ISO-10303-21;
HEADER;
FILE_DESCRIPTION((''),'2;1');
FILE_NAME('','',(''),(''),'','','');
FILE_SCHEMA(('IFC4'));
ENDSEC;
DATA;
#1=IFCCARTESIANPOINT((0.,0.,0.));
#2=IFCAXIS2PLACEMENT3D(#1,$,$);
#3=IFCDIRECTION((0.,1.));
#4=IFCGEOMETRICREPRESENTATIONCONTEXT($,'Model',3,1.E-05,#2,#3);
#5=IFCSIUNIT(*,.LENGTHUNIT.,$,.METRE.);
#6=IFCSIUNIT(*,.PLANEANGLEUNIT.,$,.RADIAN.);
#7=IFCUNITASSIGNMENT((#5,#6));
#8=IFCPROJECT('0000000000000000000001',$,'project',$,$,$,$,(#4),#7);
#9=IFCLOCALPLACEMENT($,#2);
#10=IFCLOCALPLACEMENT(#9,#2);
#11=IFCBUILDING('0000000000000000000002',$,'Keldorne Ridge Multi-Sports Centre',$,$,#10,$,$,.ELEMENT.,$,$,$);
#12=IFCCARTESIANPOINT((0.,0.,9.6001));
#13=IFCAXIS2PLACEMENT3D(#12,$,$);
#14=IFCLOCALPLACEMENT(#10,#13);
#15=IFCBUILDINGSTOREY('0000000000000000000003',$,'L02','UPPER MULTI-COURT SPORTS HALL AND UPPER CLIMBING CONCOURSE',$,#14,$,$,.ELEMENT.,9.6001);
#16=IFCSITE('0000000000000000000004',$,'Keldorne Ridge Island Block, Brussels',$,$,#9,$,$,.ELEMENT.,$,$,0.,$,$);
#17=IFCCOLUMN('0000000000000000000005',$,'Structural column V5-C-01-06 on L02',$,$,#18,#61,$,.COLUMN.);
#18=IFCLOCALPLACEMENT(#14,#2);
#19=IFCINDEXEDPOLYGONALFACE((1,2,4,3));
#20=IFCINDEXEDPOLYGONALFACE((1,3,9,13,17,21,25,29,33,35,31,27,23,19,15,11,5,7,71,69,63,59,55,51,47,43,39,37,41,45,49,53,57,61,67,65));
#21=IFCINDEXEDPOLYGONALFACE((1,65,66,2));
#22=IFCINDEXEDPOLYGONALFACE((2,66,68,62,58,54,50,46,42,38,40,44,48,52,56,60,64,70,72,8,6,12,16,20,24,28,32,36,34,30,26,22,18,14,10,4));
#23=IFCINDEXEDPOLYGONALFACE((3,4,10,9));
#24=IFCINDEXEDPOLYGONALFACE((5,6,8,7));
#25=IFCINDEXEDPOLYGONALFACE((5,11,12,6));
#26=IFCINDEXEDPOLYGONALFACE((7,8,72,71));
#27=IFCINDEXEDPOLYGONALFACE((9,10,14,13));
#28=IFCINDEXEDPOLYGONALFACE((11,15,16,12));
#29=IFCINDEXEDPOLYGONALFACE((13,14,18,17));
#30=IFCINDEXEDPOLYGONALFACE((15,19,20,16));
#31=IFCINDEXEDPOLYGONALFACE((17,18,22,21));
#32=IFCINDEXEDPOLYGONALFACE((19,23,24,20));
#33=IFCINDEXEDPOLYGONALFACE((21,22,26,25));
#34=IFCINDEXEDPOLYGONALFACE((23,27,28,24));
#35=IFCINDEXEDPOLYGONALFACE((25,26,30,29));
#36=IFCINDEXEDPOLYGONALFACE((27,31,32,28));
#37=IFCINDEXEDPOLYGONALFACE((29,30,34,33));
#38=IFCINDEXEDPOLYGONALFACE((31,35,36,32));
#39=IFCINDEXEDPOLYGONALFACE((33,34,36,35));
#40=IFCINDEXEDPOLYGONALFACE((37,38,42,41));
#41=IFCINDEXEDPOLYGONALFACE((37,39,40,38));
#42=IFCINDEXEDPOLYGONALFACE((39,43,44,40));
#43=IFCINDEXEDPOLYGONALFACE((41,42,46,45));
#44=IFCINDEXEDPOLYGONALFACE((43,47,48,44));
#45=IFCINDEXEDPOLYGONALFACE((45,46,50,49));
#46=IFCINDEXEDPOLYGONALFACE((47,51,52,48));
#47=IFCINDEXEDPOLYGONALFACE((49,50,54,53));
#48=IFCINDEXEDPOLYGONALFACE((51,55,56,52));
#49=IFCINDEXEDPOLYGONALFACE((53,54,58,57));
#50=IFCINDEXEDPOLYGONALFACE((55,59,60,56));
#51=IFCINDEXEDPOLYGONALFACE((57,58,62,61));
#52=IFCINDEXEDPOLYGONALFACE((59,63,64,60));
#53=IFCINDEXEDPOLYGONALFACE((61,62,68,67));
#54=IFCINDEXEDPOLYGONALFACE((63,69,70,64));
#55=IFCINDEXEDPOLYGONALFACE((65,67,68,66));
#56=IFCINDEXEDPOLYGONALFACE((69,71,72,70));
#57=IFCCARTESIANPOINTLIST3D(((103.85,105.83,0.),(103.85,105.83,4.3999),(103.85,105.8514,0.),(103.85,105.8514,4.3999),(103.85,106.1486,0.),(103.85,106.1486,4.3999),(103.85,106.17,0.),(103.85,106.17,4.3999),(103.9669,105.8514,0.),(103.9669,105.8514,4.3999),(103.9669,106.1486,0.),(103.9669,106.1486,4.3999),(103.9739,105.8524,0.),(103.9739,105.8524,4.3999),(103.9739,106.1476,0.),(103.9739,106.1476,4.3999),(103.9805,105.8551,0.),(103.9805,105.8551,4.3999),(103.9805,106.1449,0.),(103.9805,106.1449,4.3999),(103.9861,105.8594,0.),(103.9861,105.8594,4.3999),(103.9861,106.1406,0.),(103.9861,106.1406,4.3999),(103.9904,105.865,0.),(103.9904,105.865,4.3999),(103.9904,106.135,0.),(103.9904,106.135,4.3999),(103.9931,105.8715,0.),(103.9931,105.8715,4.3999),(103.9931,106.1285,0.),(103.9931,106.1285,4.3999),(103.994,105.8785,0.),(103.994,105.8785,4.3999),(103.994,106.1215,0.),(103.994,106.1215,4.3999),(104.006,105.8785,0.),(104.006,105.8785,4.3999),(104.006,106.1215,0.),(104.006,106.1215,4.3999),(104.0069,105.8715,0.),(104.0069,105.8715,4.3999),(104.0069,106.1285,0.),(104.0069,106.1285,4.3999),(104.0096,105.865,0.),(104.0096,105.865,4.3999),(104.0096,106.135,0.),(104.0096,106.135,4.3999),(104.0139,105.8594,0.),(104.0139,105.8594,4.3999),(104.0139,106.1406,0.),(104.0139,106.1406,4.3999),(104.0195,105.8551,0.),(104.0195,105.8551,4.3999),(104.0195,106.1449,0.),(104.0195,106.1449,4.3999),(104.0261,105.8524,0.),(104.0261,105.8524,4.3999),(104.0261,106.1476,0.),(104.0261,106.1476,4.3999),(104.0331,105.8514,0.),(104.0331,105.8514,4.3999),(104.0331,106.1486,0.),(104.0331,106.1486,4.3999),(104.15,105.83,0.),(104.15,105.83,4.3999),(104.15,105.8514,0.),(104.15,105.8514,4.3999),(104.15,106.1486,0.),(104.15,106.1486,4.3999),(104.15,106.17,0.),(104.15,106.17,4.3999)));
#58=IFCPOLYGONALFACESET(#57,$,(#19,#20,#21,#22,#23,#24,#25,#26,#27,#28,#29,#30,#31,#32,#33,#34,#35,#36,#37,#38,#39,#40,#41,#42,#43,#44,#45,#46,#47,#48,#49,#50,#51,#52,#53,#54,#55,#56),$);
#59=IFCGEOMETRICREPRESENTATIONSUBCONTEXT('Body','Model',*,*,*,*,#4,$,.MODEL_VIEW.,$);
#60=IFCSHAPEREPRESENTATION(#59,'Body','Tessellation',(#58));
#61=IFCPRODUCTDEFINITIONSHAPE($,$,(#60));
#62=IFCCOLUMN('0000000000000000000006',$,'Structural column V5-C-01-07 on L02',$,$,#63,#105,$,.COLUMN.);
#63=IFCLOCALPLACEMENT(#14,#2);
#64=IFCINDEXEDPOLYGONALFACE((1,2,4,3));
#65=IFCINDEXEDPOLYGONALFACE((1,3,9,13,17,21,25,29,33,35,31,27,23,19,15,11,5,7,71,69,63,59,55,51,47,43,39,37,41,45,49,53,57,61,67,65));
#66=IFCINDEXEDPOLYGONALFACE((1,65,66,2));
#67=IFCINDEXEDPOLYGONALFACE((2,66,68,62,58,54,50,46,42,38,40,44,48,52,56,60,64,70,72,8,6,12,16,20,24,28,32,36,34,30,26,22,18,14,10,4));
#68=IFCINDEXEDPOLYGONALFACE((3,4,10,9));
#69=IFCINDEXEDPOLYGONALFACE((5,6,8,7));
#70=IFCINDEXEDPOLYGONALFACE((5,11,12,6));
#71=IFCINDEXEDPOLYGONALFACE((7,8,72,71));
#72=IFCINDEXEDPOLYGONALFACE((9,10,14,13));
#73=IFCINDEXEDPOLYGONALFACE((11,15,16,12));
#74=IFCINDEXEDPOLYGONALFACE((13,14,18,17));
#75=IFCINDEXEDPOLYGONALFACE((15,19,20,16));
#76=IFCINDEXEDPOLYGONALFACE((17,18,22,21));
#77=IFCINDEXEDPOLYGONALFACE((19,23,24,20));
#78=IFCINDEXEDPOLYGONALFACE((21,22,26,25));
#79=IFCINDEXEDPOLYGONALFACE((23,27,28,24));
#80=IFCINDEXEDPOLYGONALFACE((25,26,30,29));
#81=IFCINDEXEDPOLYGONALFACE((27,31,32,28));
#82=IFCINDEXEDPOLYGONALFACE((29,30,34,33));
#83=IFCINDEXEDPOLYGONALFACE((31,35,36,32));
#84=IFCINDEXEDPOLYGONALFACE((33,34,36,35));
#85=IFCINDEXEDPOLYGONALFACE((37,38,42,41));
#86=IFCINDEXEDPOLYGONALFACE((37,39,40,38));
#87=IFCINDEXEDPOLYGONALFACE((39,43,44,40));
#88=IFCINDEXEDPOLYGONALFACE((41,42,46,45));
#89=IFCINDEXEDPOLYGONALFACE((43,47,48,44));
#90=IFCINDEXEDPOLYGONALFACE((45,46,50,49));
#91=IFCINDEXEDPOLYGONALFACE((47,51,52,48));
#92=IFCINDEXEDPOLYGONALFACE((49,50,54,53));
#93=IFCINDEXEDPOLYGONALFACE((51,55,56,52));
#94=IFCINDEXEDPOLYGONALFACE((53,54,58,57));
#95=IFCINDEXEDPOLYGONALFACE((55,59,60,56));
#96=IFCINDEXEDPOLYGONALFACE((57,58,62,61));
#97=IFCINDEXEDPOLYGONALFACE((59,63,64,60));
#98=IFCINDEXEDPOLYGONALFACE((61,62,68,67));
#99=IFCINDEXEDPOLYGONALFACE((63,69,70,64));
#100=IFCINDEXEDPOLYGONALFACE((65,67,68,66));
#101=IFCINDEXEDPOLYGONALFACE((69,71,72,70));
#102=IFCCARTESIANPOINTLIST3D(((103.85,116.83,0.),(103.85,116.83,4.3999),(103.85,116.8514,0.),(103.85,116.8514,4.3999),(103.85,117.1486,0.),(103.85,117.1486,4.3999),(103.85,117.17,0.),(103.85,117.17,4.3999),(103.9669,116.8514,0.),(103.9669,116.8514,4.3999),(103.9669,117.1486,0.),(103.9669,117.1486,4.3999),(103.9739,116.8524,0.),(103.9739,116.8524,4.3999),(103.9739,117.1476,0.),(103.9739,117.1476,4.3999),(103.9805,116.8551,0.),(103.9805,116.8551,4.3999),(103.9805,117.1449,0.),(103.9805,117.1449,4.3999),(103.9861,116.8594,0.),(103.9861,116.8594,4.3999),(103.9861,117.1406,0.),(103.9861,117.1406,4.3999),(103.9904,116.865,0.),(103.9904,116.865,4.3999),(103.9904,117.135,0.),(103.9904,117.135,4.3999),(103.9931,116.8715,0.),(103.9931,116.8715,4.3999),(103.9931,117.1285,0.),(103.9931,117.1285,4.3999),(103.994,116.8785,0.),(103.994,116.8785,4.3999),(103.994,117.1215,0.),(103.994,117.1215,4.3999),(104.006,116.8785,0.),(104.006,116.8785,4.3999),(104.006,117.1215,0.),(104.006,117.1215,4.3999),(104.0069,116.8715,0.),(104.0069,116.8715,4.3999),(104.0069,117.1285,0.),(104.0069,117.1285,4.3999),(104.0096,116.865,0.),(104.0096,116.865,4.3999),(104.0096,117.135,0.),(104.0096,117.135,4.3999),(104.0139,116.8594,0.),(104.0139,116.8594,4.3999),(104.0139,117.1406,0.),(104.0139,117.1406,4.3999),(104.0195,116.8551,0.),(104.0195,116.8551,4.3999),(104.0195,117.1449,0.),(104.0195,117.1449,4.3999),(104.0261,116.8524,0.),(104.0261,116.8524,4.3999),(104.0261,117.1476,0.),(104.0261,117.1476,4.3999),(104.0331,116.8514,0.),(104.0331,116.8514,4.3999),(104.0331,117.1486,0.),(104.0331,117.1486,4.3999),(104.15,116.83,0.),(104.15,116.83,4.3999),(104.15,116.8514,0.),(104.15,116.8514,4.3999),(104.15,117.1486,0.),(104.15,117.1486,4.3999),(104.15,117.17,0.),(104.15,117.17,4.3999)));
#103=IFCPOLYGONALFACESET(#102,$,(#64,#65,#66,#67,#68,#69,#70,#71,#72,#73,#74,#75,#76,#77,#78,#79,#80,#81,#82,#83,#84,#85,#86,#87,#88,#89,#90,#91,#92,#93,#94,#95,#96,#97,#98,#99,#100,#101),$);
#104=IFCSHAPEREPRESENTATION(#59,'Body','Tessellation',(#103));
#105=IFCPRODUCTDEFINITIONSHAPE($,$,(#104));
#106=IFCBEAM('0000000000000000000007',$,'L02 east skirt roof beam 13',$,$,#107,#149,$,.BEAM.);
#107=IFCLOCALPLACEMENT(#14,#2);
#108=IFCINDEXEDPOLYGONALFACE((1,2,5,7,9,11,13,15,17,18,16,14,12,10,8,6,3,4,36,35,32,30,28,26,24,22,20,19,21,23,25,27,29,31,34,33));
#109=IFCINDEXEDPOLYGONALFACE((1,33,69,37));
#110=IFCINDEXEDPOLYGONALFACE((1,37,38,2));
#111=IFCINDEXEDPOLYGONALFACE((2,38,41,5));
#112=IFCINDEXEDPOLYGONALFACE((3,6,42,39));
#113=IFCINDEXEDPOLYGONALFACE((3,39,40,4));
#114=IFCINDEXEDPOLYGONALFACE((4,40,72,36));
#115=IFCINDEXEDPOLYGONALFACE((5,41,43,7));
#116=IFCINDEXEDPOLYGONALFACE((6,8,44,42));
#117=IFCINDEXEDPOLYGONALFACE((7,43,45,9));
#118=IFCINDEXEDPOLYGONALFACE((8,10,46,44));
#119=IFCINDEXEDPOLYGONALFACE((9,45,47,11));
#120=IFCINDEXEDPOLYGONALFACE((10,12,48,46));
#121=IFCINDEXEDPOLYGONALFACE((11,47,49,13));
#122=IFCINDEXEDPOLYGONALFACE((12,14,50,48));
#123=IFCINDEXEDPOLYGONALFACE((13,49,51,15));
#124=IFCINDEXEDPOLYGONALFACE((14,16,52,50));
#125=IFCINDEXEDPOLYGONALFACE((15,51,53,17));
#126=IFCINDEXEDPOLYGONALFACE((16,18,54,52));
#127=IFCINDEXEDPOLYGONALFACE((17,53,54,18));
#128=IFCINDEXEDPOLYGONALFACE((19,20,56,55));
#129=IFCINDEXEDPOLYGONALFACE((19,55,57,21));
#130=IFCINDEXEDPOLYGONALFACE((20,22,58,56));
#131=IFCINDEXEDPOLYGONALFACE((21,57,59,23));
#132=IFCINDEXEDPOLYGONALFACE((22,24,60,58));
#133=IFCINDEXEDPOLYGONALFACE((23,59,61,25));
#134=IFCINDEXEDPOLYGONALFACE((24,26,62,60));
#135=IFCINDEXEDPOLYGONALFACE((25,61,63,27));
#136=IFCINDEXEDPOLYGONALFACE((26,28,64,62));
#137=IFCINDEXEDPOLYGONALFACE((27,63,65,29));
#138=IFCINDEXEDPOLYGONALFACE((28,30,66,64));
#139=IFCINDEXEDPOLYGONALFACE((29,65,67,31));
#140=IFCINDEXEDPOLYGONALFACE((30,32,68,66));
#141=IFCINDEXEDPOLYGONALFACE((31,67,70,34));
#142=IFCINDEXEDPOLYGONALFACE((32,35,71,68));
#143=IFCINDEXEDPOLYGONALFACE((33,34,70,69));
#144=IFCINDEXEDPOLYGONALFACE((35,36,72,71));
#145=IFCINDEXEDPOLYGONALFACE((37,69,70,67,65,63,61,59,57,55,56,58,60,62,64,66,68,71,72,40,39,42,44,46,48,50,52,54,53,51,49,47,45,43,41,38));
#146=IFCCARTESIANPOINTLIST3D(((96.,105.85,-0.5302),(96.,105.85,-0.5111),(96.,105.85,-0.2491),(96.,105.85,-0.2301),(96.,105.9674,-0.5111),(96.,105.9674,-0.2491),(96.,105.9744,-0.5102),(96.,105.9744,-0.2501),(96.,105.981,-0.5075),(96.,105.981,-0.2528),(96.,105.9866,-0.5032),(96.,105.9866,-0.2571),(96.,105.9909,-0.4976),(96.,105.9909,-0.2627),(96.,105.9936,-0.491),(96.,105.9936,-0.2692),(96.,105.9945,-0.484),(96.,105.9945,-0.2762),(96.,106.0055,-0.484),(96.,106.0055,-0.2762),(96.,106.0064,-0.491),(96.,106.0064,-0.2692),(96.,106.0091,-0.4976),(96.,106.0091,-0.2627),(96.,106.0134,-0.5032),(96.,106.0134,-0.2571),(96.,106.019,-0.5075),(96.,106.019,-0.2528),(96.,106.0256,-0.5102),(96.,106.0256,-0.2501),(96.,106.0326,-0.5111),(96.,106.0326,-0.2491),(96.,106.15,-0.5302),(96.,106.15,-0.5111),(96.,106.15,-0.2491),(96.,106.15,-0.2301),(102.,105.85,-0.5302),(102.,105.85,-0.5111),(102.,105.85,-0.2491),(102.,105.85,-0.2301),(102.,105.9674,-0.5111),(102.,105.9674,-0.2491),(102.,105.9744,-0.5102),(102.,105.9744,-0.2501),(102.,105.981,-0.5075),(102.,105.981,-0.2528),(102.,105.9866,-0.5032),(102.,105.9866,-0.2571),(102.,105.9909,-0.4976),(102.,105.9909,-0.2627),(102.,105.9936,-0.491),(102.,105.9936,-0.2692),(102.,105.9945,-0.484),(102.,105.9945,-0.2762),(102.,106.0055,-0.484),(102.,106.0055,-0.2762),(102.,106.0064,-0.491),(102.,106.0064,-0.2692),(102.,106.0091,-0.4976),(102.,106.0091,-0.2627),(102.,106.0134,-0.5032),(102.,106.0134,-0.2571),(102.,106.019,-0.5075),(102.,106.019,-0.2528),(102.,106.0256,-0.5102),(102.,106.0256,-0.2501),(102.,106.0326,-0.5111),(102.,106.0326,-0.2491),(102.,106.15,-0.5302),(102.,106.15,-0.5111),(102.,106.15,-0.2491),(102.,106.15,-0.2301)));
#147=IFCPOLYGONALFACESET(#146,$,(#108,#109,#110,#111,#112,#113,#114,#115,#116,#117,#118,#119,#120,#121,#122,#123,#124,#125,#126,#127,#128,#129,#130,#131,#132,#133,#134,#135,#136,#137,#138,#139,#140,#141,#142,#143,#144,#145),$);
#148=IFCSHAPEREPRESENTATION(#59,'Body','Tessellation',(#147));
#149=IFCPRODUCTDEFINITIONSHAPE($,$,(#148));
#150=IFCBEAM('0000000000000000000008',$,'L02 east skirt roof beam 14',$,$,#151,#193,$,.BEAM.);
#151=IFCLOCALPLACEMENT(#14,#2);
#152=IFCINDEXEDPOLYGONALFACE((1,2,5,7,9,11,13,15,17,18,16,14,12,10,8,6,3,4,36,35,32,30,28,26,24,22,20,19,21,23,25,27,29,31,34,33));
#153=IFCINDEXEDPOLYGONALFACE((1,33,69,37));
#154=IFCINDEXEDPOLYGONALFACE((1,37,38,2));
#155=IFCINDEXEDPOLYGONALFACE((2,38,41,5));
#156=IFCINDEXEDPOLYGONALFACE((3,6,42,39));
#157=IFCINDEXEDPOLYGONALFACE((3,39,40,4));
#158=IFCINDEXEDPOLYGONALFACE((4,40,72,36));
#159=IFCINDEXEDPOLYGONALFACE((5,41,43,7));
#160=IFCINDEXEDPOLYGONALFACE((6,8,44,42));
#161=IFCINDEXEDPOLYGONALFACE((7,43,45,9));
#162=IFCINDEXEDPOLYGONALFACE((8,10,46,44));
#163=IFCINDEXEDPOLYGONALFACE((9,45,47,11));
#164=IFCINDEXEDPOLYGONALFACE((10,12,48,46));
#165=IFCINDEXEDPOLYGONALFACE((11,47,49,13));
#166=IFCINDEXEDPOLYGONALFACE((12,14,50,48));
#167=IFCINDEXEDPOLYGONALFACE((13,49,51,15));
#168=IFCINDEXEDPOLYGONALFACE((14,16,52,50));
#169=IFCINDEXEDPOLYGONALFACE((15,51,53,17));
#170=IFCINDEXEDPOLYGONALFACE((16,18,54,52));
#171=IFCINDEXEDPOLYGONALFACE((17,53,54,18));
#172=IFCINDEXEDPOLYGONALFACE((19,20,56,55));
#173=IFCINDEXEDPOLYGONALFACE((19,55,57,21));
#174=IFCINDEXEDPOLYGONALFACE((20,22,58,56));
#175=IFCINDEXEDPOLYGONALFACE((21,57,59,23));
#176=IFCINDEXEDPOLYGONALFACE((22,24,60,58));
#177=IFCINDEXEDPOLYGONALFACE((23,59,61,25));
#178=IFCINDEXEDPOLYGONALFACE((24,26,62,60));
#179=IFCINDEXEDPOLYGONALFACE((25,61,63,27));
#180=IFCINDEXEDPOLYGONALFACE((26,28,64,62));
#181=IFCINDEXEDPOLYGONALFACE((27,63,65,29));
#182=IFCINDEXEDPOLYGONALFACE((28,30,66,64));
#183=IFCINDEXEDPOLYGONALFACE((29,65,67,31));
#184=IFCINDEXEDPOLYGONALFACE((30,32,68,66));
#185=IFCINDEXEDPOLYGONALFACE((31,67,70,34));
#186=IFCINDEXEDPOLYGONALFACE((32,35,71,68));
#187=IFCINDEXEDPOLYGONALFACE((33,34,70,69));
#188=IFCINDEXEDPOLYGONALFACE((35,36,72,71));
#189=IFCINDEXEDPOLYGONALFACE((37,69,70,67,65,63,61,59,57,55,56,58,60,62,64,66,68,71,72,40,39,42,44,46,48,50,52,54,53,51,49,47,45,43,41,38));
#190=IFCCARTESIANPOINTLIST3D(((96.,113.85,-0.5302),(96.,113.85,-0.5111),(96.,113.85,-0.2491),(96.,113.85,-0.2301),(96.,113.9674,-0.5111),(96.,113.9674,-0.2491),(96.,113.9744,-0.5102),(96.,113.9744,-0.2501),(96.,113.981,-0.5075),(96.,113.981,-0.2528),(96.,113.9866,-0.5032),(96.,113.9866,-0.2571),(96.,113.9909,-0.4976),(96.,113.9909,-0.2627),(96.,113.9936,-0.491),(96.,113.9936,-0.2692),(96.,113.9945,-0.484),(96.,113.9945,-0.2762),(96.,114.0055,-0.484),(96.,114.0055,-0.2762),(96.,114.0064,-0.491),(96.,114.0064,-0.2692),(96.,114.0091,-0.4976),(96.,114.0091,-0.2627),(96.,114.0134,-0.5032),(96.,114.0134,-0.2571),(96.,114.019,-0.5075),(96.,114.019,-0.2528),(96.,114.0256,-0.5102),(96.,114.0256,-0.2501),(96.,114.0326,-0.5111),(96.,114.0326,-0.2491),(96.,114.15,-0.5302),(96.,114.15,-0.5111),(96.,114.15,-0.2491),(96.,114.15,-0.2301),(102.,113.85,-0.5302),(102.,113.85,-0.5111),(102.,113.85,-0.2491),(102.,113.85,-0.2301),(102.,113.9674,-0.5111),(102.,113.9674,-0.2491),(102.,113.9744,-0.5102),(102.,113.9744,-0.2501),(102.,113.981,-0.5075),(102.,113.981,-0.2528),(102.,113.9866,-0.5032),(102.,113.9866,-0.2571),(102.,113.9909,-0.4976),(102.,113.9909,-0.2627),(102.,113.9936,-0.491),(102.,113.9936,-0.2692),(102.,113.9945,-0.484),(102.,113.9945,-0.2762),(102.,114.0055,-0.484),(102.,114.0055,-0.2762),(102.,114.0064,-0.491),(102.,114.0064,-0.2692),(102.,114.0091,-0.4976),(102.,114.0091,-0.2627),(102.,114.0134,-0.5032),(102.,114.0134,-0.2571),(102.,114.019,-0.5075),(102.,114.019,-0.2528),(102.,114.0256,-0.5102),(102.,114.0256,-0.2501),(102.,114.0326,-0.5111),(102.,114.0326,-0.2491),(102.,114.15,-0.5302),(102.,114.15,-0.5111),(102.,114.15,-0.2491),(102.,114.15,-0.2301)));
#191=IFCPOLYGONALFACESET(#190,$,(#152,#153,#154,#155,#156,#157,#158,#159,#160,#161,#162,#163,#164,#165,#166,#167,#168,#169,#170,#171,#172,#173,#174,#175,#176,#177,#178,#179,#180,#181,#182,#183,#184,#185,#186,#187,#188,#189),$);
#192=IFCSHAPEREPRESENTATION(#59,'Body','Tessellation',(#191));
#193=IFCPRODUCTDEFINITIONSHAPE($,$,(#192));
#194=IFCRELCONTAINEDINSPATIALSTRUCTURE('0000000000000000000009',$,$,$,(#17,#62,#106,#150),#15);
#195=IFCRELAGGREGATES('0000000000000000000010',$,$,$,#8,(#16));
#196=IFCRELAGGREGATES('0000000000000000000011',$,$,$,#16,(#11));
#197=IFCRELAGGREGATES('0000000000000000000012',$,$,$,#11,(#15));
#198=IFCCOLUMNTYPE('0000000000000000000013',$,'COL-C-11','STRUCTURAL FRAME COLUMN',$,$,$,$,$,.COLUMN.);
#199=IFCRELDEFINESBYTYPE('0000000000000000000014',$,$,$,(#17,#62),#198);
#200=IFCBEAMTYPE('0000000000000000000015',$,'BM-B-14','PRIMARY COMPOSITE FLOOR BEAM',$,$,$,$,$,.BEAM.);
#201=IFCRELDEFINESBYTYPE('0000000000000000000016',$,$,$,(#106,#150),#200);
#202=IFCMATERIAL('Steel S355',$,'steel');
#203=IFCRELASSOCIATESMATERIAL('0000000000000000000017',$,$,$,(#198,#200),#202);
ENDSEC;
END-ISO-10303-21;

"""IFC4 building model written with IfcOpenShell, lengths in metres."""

from ifc_helpers import new_model, si_unit, direction, frame, origin, origin_2d, place, context, subcontext, project, spatial, i_section, extrude, material, material_profile, profile_set, type_object, element, save


model = new_model("IFC4")

# Units and contexts
model_context = context("Model", 3, precision=1e-05, world=origin(), true_north=direction((0.0, 1.0)))
body_context = subcontext(model_context, "Body", "Model", "MODEL_VIEW")
ifc_project = project(units=[si_unit("LENGTHUNIT", "METRE"), si_unit("PLANEANGLEUNIT", "RADIAN")], contexts=[model_context])

# Site, building, storey
site_placement = place(None, origin())
site = spatial("IfcSite", under=ifc_project, at=site_placement, Name="Keldorne Ridge Island Block, Brussels", CompositionType="ELEMENT", RefElevation=0.0)
building_placement = place(site_placement, origin())
building = spatial("IfcBuilding", under=site, at=building_placement, Name="Keldorne Ridge Multi-Sports Centre", CompositionType="ELEMENT")
storey_placement = place(building_placement, frame((0.0, 0.0, 9.6001)))
storey = spatial("IfcBuildingStorey", under=building, at=storey_placement, Name="L02", Description="UPPER MULTI-COURT SPORTS HALL AND UPPER CLIMBING CONCOURSE", CompositionType="ELEMENT", Elevation=9.6001)

# Columns
ifc_material_1 = material(Name="Steel S355", Category="steel")
ifc_material_profile_1 = material_profile(ifc_material_1, i_section(OverallWidth=0.3, OverallDepth=0.3401, WebThickness=0.012, FlangeThickness=0.0215, FilletRadius=0.0271, at=origin_2d()), Name="HEB 340")
ifc_profile_set_1 = profile_set([ifc_material_profile_1], Name="Steel S355")
column_type = type_object("IfcColumnType", Name="COL-C-11", Description="STRUCTURAL FRAME COLUMN", PredefinedType="COLUMN", material=ifc_profile_set_1)
for number, where, z_axis, x_axis, name in (
    (1, (104.0, 106.0, 0.0), (0.0, 0.0, 1.0), (1.0, 0.0, 0.0), "Structural column V5-C-01-06 on L02"),
    (2, (104.0, 117.0, 0.0), (0.0, 0.0, 1.0), (1.0, 0.0, 0.0), "Structural column V5-C-01-07 on L02"),
):
    element("IfcColumn", number, at=place(storey_placement, frame(where, z_axis=z_axis, x_axis=x_axis)), inside=storey, type_object=column_type, Name=name, PredefinedType="COLUMN", context=body_context, shape_type="SweptSolid", body=[
        extrude(i_section(OverallWidth=0.3, OverallDepth=0.3401, WebThickness=0.012, FlangeThickness=0.0215, FilletRadius=0.0271, at=origin_2d()), origin(), (0.0, 0.0, 1.0), 4.3999),
    ])

# Beams
ifc_material_profile_2 = material_profile(ifc_material_1, i_section(OverallWidth=0.3, OverallDepth=0.3, WebThickness=0.011, FlangeThickness=0.019, FilletRadius=0.0271, at=origin_2d()), Name="HEB 300")
ifc_profile_set_2 = profile_set([ifc_material_profile_2], Name="Steel S355")
beam_type_1 = type_object("IfcBeamType", Name="BM-B-14", Description="PRIMARY COMPOSITE FLOOR BEAM", PredefinedType="BEAM", material=ifc_profile_set_2)
for number, where, z_axis, x_axis, name in (
    (3, (96.0, 106.0, -0.3801), (1.0, 0.0, 0.0), (0.0, 1.0, 0.0), "L02 east skirt roof beam 13"),
    (4, (96.0, 114.0, -0.3801), (1.0, 0.0, 0.0), (0.0, 1.0, 0.0), "L02 east skirt roof beam 14"),
):
    element("IfcBeam", number, at=place(storey_placement, frame(where, z_axis=z_axis, x_axis=x_axis)), inside=storey, type_object=beam_type_1, Name=name, PredefinedType="BEAM", context=body_context, shape_type="SweptSolid", body=[
        extrude(i_section(OverallWidth=0.3, OverallDepth=0.3, WebThickness=0.011, FlangeThickness=0.019, FilletRadius=0.0271, at=origin_2d()), origin(), (0.0, 0.0, 1.0), 6.0),
    ])

save(model, "model.ifc")
